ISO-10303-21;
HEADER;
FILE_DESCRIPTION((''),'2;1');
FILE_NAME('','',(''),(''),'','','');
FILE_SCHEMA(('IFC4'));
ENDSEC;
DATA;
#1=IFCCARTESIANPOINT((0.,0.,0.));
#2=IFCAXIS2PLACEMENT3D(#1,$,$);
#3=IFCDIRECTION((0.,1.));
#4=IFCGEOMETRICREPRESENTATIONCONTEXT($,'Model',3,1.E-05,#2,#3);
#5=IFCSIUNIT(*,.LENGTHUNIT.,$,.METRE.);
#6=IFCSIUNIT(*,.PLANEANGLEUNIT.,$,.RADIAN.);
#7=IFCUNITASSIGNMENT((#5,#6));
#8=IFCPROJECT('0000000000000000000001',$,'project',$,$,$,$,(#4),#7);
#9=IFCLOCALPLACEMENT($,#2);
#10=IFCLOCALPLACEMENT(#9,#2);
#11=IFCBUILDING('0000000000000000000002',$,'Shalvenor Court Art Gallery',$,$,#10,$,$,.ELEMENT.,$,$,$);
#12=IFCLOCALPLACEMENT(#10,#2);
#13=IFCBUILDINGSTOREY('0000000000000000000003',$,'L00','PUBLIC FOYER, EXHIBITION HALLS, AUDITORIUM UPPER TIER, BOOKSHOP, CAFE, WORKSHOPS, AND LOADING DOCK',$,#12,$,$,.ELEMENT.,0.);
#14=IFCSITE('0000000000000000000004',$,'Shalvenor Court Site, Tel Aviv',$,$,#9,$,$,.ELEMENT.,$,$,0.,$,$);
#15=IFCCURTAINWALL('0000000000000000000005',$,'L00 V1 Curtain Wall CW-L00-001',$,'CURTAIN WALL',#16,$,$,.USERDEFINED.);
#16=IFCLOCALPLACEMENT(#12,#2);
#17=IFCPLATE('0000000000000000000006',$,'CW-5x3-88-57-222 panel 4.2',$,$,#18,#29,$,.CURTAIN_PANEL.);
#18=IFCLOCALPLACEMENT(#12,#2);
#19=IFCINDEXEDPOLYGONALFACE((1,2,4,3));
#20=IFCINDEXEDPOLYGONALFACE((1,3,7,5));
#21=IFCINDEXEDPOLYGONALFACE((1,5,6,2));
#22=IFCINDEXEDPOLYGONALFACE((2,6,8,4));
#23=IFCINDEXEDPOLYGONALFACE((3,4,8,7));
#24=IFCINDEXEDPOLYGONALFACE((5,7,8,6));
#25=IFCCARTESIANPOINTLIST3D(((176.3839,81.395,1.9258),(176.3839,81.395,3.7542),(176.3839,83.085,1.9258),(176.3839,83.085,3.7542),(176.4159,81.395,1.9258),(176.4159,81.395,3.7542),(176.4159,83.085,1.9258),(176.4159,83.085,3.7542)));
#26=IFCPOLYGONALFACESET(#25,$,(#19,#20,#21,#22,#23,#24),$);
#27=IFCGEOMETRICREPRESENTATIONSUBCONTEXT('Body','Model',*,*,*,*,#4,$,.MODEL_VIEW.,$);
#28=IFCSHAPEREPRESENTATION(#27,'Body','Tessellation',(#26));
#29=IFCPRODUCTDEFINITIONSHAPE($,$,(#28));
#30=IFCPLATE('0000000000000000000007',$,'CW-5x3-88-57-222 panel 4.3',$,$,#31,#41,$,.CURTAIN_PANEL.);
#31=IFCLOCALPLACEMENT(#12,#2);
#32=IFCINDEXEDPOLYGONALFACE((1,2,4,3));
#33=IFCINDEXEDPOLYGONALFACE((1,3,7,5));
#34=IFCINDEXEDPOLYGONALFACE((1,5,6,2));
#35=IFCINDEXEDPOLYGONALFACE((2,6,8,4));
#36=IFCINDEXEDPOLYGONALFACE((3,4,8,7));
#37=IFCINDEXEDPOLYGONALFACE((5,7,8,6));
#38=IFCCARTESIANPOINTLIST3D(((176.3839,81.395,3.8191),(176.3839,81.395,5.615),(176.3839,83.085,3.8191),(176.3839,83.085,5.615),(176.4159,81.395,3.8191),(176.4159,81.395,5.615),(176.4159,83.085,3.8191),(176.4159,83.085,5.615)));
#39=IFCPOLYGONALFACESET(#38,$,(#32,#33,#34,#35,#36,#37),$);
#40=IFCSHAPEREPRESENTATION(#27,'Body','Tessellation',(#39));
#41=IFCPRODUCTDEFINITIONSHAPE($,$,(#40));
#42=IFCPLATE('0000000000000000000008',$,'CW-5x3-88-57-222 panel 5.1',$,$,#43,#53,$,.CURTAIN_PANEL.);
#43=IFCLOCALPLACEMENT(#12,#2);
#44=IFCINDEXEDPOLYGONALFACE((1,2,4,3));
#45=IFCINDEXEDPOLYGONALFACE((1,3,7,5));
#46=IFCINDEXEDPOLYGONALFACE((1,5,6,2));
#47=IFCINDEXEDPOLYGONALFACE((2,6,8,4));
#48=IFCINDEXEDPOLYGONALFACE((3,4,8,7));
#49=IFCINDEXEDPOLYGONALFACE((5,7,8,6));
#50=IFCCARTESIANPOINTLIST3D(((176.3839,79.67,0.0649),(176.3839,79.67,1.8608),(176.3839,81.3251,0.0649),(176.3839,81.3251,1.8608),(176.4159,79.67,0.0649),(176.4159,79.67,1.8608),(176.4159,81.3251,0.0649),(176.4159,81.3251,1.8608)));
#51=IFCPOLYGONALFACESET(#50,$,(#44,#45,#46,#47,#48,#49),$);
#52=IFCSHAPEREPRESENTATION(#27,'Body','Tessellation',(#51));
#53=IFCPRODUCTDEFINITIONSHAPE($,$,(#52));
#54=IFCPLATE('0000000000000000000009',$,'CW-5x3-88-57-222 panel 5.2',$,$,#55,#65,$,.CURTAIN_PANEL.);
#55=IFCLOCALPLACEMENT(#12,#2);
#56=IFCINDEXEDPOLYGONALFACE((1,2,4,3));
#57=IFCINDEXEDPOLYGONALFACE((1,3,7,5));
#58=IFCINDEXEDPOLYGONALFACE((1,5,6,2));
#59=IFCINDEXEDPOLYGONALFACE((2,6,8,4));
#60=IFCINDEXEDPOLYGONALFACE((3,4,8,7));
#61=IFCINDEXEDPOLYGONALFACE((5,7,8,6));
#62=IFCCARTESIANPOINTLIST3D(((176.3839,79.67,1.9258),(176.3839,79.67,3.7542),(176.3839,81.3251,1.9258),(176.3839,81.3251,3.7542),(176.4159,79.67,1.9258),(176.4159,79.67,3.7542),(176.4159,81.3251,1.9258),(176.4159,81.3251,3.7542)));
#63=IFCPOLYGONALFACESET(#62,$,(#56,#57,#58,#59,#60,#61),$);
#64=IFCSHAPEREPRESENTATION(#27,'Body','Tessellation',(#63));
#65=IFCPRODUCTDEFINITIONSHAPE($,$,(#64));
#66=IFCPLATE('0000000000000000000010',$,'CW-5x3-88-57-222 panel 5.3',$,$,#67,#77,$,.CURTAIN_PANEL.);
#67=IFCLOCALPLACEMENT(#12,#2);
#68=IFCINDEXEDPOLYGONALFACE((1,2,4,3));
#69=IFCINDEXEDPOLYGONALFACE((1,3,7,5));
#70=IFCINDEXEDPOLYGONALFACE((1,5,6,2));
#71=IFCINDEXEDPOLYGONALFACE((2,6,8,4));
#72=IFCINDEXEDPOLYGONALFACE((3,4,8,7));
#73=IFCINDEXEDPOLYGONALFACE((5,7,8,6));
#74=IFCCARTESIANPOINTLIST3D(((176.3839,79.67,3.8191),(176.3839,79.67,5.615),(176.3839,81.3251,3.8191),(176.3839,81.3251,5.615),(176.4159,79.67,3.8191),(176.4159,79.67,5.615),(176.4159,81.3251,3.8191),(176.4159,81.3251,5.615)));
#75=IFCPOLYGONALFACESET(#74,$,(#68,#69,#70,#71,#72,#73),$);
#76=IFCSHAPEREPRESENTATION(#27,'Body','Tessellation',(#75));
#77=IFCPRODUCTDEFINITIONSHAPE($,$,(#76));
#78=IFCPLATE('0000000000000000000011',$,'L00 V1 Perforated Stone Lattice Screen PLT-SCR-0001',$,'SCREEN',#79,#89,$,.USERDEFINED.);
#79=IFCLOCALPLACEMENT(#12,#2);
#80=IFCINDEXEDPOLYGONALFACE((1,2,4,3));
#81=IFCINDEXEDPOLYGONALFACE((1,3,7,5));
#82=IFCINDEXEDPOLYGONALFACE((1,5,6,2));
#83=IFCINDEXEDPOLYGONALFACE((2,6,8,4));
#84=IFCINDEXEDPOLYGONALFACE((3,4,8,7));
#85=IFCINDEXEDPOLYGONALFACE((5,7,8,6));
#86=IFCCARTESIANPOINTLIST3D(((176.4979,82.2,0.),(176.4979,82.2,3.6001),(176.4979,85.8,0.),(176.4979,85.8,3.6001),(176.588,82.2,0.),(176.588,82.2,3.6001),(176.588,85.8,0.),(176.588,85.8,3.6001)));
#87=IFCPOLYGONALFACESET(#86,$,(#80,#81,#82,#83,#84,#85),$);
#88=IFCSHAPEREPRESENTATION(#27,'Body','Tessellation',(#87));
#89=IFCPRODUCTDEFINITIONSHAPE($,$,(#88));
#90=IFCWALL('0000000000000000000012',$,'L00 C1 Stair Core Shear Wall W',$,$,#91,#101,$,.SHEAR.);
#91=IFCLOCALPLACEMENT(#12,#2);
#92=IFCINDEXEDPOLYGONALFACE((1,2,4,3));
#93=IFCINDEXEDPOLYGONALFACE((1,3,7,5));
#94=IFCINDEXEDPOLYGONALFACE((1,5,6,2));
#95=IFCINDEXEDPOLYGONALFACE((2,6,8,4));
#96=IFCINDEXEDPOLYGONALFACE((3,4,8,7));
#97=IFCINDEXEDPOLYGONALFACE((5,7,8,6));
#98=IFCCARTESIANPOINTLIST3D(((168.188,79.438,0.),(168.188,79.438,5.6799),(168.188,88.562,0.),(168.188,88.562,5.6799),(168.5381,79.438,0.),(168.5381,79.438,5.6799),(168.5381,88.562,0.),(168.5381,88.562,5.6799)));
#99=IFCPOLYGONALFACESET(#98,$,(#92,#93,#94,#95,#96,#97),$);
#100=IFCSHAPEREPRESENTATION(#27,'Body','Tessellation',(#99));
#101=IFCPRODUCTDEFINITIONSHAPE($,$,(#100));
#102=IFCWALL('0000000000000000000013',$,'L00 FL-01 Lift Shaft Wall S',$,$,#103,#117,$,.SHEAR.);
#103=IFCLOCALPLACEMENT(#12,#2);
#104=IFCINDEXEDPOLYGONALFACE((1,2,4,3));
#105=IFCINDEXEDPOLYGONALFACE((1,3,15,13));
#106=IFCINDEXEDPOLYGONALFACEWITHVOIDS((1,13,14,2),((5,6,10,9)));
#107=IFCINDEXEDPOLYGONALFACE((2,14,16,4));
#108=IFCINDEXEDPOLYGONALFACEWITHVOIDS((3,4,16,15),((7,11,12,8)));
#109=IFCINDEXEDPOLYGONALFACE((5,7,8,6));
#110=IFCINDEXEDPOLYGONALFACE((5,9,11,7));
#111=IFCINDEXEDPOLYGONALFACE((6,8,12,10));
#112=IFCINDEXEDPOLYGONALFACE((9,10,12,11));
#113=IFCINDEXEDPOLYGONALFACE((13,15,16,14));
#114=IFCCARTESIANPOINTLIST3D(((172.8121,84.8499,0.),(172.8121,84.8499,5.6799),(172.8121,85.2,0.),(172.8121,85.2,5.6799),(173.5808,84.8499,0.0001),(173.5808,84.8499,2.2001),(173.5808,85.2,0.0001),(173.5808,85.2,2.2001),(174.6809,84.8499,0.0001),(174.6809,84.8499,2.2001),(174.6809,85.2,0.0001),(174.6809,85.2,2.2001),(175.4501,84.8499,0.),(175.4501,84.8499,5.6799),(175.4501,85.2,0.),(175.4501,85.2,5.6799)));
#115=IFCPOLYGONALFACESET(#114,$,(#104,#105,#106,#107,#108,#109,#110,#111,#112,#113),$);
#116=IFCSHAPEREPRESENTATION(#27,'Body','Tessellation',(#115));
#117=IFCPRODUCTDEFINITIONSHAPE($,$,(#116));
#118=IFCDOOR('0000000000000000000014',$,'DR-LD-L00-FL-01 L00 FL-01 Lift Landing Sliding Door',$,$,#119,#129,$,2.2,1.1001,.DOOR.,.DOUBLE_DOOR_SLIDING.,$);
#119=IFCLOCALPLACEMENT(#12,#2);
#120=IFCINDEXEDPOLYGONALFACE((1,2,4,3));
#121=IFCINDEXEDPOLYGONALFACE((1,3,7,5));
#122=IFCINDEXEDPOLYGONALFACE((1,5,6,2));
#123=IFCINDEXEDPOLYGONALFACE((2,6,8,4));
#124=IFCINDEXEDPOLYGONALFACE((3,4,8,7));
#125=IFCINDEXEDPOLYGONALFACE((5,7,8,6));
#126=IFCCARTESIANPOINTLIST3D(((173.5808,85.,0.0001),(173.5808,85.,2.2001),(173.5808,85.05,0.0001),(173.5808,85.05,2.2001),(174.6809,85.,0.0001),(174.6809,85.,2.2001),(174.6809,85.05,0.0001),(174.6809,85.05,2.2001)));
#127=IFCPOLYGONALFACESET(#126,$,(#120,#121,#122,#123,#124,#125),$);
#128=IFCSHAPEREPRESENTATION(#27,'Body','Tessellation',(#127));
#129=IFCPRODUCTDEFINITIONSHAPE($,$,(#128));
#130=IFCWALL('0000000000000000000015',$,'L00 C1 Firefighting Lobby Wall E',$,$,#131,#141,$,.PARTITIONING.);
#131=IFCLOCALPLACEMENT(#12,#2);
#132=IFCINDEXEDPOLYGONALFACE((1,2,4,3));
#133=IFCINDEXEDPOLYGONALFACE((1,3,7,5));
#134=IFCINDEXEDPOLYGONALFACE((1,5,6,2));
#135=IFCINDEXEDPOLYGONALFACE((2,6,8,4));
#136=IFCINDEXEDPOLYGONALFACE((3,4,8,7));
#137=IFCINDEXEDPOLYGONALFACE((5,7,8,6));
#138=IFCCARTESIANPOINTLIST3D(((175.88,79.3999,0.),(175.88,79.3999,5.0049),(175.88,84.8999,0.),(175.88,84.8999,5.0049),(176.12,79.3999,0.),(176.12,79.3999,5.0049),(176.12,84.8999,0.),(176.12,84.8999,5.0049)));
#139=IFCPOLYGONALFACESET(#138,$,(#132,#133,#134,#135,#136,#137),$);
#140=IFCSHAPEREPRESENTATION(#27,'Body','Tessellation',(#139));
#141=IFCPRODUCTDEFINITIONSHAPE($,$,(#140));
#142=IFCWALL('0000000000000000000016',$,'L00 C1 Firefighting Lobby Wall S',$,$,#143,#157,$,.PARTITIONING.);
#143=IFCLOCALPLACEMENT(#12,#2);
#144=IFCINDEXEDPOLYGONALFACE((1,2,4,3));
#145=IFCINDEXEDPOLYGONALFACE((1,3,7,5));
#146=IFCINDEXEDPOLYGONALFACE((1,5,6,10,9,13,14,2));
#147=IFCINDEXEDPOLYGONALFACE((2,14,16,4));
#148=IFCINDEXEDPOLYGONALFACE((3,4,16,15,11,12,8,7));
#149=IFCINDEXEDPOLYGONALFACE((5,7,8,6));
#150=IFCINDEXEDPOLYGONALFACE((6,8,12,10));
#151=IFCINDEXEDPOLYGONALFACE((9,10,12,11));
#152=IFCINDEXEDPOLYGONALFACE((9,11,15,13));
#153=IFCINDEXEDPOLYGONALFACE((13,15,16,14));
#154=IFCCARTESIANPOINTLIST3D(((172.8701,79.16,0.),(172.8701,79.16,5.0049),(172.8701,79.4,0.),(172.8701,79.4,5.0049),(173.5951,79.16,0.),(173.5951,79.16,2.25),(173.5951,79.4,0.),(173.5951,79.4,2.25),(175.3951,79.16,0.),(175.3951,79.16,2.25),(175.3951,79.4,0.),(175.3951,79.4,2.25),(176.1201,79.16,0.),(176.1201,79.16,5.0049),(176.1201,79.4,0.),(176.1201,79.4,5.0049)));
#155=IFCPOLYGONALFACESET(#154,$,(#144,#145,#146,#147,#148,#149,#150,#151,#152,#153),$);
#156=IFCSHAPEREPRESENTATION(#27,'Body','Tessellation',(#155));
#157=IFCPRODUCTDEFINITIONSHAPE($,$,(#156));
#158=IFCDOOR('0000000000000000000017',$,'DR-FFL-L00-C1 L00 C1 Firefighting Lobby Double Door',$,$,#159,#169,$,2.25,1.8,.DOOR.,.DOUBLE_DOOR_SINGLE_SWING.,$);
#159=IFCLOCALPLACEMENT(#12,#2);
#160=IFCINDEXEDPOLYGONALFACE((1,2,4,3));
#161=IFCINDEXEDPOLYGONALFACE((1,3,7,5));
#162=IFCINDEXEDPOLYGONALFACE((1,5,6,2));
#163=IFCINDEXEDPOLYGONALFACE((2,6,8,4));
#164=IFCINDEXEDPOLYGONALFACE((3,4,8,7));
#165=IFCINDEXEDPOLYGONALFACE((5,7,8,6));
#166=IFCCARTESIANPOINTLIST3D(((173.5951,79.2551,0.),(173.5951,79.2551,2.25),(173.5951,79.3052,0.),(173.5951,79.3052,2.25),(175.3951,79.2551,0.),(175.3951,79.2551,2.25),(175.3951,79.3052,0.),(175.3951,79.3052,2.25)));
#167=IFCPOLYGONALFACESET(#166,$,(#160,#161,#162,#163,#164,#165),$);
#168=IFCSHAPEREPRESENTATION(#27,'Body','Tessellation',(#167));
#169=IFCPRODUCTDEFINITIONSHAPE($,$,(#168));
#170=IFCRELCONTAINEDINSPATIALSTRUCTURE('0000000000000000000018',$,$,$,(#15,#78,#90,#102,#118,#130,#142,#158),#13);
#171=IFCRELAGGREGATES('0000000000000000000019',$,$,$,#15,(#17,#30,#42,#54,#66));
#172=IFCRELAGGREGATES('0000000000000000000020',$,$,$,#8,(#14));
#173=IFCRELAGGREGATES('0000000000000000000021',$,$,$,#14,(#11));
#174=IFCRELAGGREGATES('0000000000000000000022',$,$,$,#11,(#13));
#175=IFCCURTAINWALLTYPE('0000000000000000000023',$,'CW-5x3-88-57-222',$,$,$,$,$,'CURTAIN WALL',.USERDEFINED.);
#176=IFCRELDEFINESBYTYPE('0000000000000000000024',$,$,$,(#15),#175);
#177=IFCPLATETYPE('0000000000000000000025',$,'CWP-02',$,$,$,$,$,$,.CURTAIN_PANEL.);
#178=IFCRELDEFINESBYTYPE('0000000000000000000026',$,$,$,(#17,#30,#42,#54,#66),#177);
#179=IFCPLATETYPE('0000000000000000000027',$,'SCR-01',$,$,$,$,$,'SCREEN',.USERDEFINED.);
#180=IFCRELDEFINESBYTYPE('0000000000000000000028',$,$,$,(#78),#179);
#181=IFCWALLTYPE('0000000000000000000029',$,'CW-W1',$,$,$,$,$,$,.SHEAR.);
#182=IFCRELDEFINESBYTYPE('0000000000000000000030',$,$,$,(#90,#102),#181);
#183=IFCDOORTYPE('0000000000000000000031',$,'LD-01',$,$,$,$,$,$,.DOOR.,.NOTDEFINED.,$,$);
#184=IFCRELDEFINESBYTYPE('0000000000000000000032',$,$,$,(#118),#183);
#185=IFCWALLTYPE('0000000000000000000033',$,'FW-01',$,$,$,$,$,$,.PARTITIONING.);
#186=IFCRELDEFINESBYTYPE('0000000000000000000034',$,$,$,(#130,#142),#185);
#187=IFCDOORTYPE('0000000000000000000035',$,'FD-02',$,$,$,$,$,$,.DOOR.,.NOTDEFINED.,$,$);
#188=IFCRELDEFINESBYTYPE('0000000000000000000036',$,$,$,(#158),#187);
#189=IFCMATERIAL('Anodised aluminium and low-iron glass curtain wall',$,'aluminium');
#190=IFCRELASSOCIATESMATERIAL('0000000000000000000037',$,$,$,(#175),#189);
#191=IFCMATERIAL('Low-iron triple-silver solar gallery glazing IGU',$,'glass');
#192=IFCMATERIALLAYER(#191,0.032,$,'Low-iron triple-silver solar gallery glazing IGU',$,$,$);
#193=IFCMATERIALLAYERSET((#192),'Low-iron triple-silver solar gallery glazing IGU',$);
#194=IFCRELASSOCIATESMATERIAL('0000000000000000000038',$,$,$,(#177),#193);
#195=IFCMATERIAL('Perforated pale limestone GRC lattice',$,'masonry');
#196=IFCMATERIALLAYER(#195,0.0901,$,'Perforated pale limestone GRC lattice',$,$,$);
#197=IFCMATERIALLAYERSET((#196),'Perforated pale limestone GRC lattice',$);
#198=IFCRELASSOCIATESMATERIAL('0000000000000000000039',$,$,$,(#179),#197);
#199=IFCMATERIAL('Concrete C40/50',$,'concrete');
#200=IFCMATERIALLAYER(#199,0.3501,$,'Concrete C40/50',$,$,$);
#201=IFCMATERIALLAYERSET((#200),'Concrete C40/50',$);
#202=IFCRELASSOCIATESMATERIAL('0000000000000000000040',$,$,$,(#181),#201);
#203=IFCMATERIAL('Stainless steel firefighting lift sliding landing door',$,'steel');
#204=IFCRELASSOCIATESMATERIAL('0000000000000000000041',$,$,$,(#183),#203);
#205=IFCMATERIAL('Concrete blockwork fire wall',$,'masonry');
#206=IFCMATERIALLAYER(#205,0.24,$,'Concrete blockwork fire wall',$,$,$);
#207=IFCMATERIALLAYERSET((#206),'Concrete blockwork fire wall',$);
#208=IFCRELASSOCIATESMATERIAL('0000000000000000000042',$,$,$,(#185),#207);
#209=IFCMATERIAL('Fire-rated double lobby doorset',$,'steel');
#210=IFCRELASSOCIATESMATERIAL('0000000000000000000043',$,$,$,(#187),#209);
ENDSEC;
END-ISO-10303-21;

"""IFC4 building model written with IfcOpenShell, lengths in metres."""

from ifc_helpers import new_model, si_unit, direction, frame, frame_2d, origin, origin_2d, place, context, subcontext, project, spatial, rectangle, extrude, material, layer, layer_set, type_object, element, fill, aggregate, save


model = new_model("IFC4")

# Units and contexts
model_context = context("Model", 3, precision=1e-05, world=origin(), true_north=direction((0.0, 1.0)))
body_context = subcontext(model_context, "Body", "Model", "MODEL_VIEW")
ifc_project = project(units=[si_unit("LENGTHUNIT", "METRE"), si_unit("PLANEANGLEUNIT", "RADIAN")], contexts=[model_context])

# Site, building, storey
site_placement = place(None, origin())
site = spatial("IfcSite", under=ifc_project, at=site_placement, Name="Shalvenor Court Site, Tel Aviv", CompositionType="ELEMENT", RefElevation=0.0)
building_placement = place(site_placement, origin())
building = spatial("IfcBuilding", under=site, at=building_placement, Name="Shalvenor Court Art Gallery", CompositionType="ELEMENT")
storey_placement = place(building_placement, origin())
storey = spatial("IfcBuildingStorey", under=building, at=storey_placement, Name="L00", Description="PUBLIC FOYER, EXHIBITION HALLS, AUDITORIUM UPPER TIER, BOOKSHOP, CAFE, WORKSHOPS, AND LOADING DOCK", CompositionType="ELEMENT", Elevation=0.0)

# Curtain wall, plates
ifc_material_1 = material(Name="Anodised aluminium and low-iron glass curtain wall", Category="aluminium")
curtain_wall_type = type_object("IfcCurtainWallType", Name="CW-5x3-88-57-222", ElementType="CURTAIN WALL", PredefinedType="USERDEFINED", material=ifc_material_1)
curtain_wall_placement = place(storey_placement, origin())
curtain_wall = element("IfcCurtainWall", 1, at=curtain_wall_placement, inside=storey, type_object=curtain_wall_type, Name="L00 V1 Curtain Wall CW-L00-001", ObjectType="CURTAIN WALL", PredefinedType="USERDEFINED")
ifc_material_2 = material(Name="Low-iron triple-silver solar gallery glazing IGU", Category="glass")
ifc_layer_1 = layer(ifc_material_2, 0.032, Name="Low-iron triple-silver solar gallery glazing IGU")
ifc_layer_set_1 = layer_set([ifc_layer_1], Name="Low-iron triple-silver solar gallery glazing IGU")
plate_type_1 = type_object("IfcPlateType", Name="CWP-02", PredefinedType="CURTAIN_PANEL", material=ifc_layer_set_1)
plate_1_placement = place(storey_placement, frame((176.3999, 82.24, 1.9258), z_axis=(0.0, 0.0, 1.0), x_axis=(0.0, -1.0, 0.0)))
plate_1 = element("IfcPlate", 2, at=plate_1_placement, type_object=plate_type_1, Name="CW-5x3-88-57-222 panel 4.2", PredefinedType="CURTAIN_PANEL", context=body_context, shape_type="SweptSolid", body=[
    extrude(rectangle(XDim=1.6899, YDim=0.032, at=origin_2d()), origin(), (0.0, 0.0, 1.0), 1.8284),
])
plate_2_placement = place(storey_placement, frame((176.3999, 82.24, 3.8191), z_axis=(0.0, 0.0, 1.0), x_axis=(0.0, -1.0, 0.0)))
plate_2 = element("IfcPlate", 3, at=plate_2_placement, type_object=plate_type_1, Name="CW-5x3-88-57-222 panel 4.3", PredefinedType="CURTAIN_PANEL", context=body_context, shape_type="SweptSolid", body=[
    extrude(rectangle(XDim=1.6899, YDim=0.032, at=origin_2d()), origin(), (0.0, 0.0, 1.0), 1.7959),
])
plate_3_placement = place(storey_placement, frame((176.3999, 80.4976, 0.0649), z_axis=(0.0, 0.0, 1.0), x_axis=(0.0, -1.0, 0.0)))
plate_3 = element("IfcPlate", 4, at=plate_3_placement, type_object=plate_type_1, Name="CW-5x3-88-57-222 panel 5.1", PredefinedType="CURTAIN_PANEL", context=body_context, shape_type="SweptSolid", body=[
    extrude(rectangle(XDim=1.655, YDim=0.032, at=origin_2d()), origin(), (0.0, 0.0, 1.0), 1.7959),
])
plate_4_placement = place(storey_placement, frame((176.3999, 80.4976, 1.9258), z_axis=(0.0, 0.0, 1.0), x_axis=(0.0, -1.0, 0.0)))
plate_4 = element("IfcPlate", 5, at=plate_4_placement, type_object=plate_type_1, Name="CW-5x3-88-57-222 panel 5.2", PredefinedType="CURTAIN_PANEL", context=body_context, shape_type="SweptSolid", body=[
    extrude(rectangle(XDim=1.655, YDim=0.032, at=origin_2d()), origin(), (0.0, 0.0, 1.0), 1.8284),
])
plate_5_placement = place(storey_placement, frame((176.3999, 80.4976, 3.8191), z_axis=(0.0, 0.0, 1.0), x_axis=(0.0, -1.0, 0.0)))
plate_5 = element("IfcPlate", 6, at=plate_5_placement, type_object=plate_type_1, Name="CW-5x3-88-57-222 panel 5.3", PredefinedType="CURTAIN_PANEL", context=body_context, shape_type="SweptSolid", body=[
    extrude(rectangle(XDim=1.655, YDim=0.032, at=origin_2d()), origin(), (0.0, 0.0, 1.0), 1.7959),
])
aggregate(curtain_wall, [plate_1, plate_2, plate_3, plate_4, plate_5])

# Plate
ifc_material_3 = material(Name="Perforated pale limestone GRC lattice", Category="masonry")
ifc_layer_2 = layer(ifc_material_3, 0.0901, Name="Perforated pale limestone GRC lattice")
ifc_layer_set_2 = layer_set([ifc_layer_2], Name="Perforated pale limestone GRC lattice")
plate_type_2 = type_object("IfcPlateType", Name="SCR-01", ElementType="SCREEN", PredefinedType="USERDEFINED", material=ifc_layer_set_2)
plate_6_placement = place(storey_placement, frame((176.543, 84.0, 0.0), z_axis=(0.0, 0.0, 1.0), x_axis=(0.0, -1.0, 0.0)))
element("IfcPlate", 7, at=plate_6_placement, inside=storey, type_object=plate_type_2, Name="L00 V1 Perforated Stone Lattice Screen PLT-SCR-0001", ObjectType="SCREEN", PredefinedType="USERDEFINED", context=body_context, shape_type="SweptSolid", body=[
    extrude(rectangle(XDim=3.6001, YDim=0.0901, at=origin_2d()), origin(), (0.0, 0.0, 1.0), 3.6001),
])

# Wall
ifc_material_4 = material(Name="Concrete C40/50", Category="concrete")
ifc_layer_3 = layer(ifc_material_4, 0.3501, Name="Concrete C40/50")
ifc_layer_set_3 = layer_set([ifc_layer_3], Name="Concrete C40/50")
wall_type_1 = type_object("IfcWallType", Name="CW-W1", PredefinedType="SHEAR", material=ifc_layer_set_3)
wall_1_placement = place(storey_placement, frame((168.363, 79.438, 0.0), z_axis=(0.0, 0.0, 1.0), x_axis=(0.0, 1.0, 0.0)))
element("IfcWall", 8, at=wall_1_placement, inside=storey, type_object=wall_type_1, Name="L00 C1 Stair Core Shear Wall W", PredefinedType="SHEAR", context=body_context, shape_type="SweptSolid", body=[
    extrude(rectangle(XDim=9.124, YDim=0.3501, at=frame_2d((4.562, 0.0))), origin(), (0.0, 0.0, 1.0), 5.6799),
])

# Wall, opening, door
wall_2_placement = place(storey_placement, frame((175.45, 85.0249, 0.0), z_axis=(0.0, 0.0, 1.0), x_axis=(-1.0, 0.0, 0.0)))
wall_2 = element("IfcWall", 9, at=wall_2_placement, inside=storey, type_object=wall_type_1, Name="L00 FL-01 Lift Shaft Wall S", PredefinedType="SHEAR", context=body_context, shape_type="SweptSolid", body=[
    extrude(rectangle(XDim=2.6379, YDim=0.3501, at=frame_2d((1.3188, 0.0))), origin(), (0.0, 0.0, 1.0), 5.6799),
])
opening_1_placement = place(wall_2_placement, frame((0.769, 0.0, 0.0)))
opening_1 = element("IfcOpeningElement", 10, at=opening_1_placement, cuts=wall_2, PredefinedType="OPENING", context=body_context, shape_type="SweptSolid", body=[
    extrude(rectangle(XDim=1.1001, YDim=2.2, at=frame_2d((0.55, 1.1001))), frame((0.0, 0.1851, 0.0), z_axis=(0.0, -1.0, 0.0), x_axis=(1.0, 0.0, 0.0)), (0.0, 0.0, 1.0), 0.3701),
])
ifc_material_5 = material(Name="Stainless steel firefighting lift sliding landing door", Category="steel")
door_type_1 = type_object("IfcDoorType", Name="LD-01", OperationType="NOTDEFINED", PredefinedType="DOOR", material=ifc_material_5)
door_1_placement = place(opening_1_placement, origin())
door_1 = element("IfcDoor", 11, at=door_1_placement, inside=storey, type_object=door_type_1, Name="DR-LD-L00-FL-01 L00 FL-01 Lift Landing Sliding Door", OperationType="DOUBLE_DOOR_SLIDING", OverallHeight=2.2, OverallWidth=1.1001, PredefinedType="DOOR", context=body_context, shape_type="SweptSolid", body=[
    extrude(rectangle(XDim=1.1001, YDim=2.2, at=frame_2d((0.55, 1.1001))), frame((0.0, 0.0249, 0.0), z_axis=(0.0, -1.0, 0.0), x_axis=(1.0, 0.0, 0.0)), (0.0, 0.0, 1.0), 0.05),
])
fill(opening_1, door_1)

# Wall
ifc_material_6 = material(Name="Concrete blockwork fire wall", Category="masonry")
ifc_layer_4 = layer(ifc_material_6, 0.24, Name="Concrete blockwork fire wall")
ifc_layer_set_4 = layer_set([ifc_layer_4], Name="Concrete blockwork fire wall")
wall_type_2 = type_object("IfcWallType", Name="FW-01", PredefinedType="PARTITIONING", material=ifc_layer_set_4)
wall_3_placement = place(storey_placement, frame((176.0, 84.8999, 0.0), z_axis=(0.0, 0.0, 1.0), x_axis=(0.0, -1.0, 0.0)))
element("IfcWall", 12, at=wall_3_placement, inside=storey, type_object=wall_type_2, Name="L00 C1 Firefighting Lobby Wall E", PredefinedType="PARTITIONING", context=body_context, shape_type="SweptSolid", body=[
    extrude(rectangle(XDim=5.5, YDim=0.24, at=frame_2d((2.75, 0.0))), origin(), (0.0, 0.0, 1.0), 5.0049),
])

# Wall, opening, door
wall_4_placement = place(storey_placement, frame((176.1201, 79.28, 0.0), z_axis=(0.0, 0.0, 1.0), x_axis=(-1.0, 0.0, 0.0)))
wall_4 = element("IfcWall", 13, at=wall_4_placement, inside=storey, type_object=wall_type_2, Name="L00 C1 Firefighting Lobby Wall S", PredefinedType="PARTITIONING", context=body_context, shape_type="SweptSolid", body=[
    extrude(rectangle(XDim=3.25, YDim=0.24, at=frame_2d((1.625, 0.0))), origin(), (0.0, 0.0, 1.0), 5.0049),
])
opening_2_placement = place(wall_4_placement, frame((0.7251, 0.0, 0.0)))
opening_2 = element("IfcOpeningElement", 14, at=opening_2_placement, cuts=wall_4, PredefinedType="OPENING", context=body_context, shape_type="SweptSolid", body=[
    extrude(rectangle(XDim=1.8, YDim=2.25, at=frame_2d((0.8999, 1.125))), frame((0.0, 0.1299, 0.0), z_axis=(0.0, -1.0, 0.0), x_axis=(1.0, 0.0, 0.0)), (0.0, 0.0, 1.0), 0.26),
])
ifc_material_7 = material(Name="Fire-rated double lobby doorset", Category="steel")
door_type_2 = type_object("IfcDoorType", Name="FD-02", OperationType="NOTDEFINED", PredefinedType="DOOR", material=ifc_material_7)
door_2_placement = place(opening_2_placement, origin())
door_2 = element("IfcDoor", 15, at=door_2_placement, inside=storey, type_object=door_type_2, Name="DR-FFL-L00-C1 L00 C1 Firefighting Lobby Double Door", OperationType="DOUBLE_DOOR_SINGLE_SWING", OverallHeight=2.25, OverallWidth=1.8, PredefinedType="DOOR", context=body_context, shape_type="SweptSolid", body=[
    extrude(rectangle(XDim=1.8, YDim=2.25, at=frame_2d((0.8999, 1.125))), frame((0.0, 0.0249, 0.0), z_axis=(0.0, -1.0, 0.0), x_axis=(1.0, 0.0, 0.0)), (0.0, 0.0, 1.0), 0.05),
])
fill(opening_2, door_2)

save(model, "model.ifc")
